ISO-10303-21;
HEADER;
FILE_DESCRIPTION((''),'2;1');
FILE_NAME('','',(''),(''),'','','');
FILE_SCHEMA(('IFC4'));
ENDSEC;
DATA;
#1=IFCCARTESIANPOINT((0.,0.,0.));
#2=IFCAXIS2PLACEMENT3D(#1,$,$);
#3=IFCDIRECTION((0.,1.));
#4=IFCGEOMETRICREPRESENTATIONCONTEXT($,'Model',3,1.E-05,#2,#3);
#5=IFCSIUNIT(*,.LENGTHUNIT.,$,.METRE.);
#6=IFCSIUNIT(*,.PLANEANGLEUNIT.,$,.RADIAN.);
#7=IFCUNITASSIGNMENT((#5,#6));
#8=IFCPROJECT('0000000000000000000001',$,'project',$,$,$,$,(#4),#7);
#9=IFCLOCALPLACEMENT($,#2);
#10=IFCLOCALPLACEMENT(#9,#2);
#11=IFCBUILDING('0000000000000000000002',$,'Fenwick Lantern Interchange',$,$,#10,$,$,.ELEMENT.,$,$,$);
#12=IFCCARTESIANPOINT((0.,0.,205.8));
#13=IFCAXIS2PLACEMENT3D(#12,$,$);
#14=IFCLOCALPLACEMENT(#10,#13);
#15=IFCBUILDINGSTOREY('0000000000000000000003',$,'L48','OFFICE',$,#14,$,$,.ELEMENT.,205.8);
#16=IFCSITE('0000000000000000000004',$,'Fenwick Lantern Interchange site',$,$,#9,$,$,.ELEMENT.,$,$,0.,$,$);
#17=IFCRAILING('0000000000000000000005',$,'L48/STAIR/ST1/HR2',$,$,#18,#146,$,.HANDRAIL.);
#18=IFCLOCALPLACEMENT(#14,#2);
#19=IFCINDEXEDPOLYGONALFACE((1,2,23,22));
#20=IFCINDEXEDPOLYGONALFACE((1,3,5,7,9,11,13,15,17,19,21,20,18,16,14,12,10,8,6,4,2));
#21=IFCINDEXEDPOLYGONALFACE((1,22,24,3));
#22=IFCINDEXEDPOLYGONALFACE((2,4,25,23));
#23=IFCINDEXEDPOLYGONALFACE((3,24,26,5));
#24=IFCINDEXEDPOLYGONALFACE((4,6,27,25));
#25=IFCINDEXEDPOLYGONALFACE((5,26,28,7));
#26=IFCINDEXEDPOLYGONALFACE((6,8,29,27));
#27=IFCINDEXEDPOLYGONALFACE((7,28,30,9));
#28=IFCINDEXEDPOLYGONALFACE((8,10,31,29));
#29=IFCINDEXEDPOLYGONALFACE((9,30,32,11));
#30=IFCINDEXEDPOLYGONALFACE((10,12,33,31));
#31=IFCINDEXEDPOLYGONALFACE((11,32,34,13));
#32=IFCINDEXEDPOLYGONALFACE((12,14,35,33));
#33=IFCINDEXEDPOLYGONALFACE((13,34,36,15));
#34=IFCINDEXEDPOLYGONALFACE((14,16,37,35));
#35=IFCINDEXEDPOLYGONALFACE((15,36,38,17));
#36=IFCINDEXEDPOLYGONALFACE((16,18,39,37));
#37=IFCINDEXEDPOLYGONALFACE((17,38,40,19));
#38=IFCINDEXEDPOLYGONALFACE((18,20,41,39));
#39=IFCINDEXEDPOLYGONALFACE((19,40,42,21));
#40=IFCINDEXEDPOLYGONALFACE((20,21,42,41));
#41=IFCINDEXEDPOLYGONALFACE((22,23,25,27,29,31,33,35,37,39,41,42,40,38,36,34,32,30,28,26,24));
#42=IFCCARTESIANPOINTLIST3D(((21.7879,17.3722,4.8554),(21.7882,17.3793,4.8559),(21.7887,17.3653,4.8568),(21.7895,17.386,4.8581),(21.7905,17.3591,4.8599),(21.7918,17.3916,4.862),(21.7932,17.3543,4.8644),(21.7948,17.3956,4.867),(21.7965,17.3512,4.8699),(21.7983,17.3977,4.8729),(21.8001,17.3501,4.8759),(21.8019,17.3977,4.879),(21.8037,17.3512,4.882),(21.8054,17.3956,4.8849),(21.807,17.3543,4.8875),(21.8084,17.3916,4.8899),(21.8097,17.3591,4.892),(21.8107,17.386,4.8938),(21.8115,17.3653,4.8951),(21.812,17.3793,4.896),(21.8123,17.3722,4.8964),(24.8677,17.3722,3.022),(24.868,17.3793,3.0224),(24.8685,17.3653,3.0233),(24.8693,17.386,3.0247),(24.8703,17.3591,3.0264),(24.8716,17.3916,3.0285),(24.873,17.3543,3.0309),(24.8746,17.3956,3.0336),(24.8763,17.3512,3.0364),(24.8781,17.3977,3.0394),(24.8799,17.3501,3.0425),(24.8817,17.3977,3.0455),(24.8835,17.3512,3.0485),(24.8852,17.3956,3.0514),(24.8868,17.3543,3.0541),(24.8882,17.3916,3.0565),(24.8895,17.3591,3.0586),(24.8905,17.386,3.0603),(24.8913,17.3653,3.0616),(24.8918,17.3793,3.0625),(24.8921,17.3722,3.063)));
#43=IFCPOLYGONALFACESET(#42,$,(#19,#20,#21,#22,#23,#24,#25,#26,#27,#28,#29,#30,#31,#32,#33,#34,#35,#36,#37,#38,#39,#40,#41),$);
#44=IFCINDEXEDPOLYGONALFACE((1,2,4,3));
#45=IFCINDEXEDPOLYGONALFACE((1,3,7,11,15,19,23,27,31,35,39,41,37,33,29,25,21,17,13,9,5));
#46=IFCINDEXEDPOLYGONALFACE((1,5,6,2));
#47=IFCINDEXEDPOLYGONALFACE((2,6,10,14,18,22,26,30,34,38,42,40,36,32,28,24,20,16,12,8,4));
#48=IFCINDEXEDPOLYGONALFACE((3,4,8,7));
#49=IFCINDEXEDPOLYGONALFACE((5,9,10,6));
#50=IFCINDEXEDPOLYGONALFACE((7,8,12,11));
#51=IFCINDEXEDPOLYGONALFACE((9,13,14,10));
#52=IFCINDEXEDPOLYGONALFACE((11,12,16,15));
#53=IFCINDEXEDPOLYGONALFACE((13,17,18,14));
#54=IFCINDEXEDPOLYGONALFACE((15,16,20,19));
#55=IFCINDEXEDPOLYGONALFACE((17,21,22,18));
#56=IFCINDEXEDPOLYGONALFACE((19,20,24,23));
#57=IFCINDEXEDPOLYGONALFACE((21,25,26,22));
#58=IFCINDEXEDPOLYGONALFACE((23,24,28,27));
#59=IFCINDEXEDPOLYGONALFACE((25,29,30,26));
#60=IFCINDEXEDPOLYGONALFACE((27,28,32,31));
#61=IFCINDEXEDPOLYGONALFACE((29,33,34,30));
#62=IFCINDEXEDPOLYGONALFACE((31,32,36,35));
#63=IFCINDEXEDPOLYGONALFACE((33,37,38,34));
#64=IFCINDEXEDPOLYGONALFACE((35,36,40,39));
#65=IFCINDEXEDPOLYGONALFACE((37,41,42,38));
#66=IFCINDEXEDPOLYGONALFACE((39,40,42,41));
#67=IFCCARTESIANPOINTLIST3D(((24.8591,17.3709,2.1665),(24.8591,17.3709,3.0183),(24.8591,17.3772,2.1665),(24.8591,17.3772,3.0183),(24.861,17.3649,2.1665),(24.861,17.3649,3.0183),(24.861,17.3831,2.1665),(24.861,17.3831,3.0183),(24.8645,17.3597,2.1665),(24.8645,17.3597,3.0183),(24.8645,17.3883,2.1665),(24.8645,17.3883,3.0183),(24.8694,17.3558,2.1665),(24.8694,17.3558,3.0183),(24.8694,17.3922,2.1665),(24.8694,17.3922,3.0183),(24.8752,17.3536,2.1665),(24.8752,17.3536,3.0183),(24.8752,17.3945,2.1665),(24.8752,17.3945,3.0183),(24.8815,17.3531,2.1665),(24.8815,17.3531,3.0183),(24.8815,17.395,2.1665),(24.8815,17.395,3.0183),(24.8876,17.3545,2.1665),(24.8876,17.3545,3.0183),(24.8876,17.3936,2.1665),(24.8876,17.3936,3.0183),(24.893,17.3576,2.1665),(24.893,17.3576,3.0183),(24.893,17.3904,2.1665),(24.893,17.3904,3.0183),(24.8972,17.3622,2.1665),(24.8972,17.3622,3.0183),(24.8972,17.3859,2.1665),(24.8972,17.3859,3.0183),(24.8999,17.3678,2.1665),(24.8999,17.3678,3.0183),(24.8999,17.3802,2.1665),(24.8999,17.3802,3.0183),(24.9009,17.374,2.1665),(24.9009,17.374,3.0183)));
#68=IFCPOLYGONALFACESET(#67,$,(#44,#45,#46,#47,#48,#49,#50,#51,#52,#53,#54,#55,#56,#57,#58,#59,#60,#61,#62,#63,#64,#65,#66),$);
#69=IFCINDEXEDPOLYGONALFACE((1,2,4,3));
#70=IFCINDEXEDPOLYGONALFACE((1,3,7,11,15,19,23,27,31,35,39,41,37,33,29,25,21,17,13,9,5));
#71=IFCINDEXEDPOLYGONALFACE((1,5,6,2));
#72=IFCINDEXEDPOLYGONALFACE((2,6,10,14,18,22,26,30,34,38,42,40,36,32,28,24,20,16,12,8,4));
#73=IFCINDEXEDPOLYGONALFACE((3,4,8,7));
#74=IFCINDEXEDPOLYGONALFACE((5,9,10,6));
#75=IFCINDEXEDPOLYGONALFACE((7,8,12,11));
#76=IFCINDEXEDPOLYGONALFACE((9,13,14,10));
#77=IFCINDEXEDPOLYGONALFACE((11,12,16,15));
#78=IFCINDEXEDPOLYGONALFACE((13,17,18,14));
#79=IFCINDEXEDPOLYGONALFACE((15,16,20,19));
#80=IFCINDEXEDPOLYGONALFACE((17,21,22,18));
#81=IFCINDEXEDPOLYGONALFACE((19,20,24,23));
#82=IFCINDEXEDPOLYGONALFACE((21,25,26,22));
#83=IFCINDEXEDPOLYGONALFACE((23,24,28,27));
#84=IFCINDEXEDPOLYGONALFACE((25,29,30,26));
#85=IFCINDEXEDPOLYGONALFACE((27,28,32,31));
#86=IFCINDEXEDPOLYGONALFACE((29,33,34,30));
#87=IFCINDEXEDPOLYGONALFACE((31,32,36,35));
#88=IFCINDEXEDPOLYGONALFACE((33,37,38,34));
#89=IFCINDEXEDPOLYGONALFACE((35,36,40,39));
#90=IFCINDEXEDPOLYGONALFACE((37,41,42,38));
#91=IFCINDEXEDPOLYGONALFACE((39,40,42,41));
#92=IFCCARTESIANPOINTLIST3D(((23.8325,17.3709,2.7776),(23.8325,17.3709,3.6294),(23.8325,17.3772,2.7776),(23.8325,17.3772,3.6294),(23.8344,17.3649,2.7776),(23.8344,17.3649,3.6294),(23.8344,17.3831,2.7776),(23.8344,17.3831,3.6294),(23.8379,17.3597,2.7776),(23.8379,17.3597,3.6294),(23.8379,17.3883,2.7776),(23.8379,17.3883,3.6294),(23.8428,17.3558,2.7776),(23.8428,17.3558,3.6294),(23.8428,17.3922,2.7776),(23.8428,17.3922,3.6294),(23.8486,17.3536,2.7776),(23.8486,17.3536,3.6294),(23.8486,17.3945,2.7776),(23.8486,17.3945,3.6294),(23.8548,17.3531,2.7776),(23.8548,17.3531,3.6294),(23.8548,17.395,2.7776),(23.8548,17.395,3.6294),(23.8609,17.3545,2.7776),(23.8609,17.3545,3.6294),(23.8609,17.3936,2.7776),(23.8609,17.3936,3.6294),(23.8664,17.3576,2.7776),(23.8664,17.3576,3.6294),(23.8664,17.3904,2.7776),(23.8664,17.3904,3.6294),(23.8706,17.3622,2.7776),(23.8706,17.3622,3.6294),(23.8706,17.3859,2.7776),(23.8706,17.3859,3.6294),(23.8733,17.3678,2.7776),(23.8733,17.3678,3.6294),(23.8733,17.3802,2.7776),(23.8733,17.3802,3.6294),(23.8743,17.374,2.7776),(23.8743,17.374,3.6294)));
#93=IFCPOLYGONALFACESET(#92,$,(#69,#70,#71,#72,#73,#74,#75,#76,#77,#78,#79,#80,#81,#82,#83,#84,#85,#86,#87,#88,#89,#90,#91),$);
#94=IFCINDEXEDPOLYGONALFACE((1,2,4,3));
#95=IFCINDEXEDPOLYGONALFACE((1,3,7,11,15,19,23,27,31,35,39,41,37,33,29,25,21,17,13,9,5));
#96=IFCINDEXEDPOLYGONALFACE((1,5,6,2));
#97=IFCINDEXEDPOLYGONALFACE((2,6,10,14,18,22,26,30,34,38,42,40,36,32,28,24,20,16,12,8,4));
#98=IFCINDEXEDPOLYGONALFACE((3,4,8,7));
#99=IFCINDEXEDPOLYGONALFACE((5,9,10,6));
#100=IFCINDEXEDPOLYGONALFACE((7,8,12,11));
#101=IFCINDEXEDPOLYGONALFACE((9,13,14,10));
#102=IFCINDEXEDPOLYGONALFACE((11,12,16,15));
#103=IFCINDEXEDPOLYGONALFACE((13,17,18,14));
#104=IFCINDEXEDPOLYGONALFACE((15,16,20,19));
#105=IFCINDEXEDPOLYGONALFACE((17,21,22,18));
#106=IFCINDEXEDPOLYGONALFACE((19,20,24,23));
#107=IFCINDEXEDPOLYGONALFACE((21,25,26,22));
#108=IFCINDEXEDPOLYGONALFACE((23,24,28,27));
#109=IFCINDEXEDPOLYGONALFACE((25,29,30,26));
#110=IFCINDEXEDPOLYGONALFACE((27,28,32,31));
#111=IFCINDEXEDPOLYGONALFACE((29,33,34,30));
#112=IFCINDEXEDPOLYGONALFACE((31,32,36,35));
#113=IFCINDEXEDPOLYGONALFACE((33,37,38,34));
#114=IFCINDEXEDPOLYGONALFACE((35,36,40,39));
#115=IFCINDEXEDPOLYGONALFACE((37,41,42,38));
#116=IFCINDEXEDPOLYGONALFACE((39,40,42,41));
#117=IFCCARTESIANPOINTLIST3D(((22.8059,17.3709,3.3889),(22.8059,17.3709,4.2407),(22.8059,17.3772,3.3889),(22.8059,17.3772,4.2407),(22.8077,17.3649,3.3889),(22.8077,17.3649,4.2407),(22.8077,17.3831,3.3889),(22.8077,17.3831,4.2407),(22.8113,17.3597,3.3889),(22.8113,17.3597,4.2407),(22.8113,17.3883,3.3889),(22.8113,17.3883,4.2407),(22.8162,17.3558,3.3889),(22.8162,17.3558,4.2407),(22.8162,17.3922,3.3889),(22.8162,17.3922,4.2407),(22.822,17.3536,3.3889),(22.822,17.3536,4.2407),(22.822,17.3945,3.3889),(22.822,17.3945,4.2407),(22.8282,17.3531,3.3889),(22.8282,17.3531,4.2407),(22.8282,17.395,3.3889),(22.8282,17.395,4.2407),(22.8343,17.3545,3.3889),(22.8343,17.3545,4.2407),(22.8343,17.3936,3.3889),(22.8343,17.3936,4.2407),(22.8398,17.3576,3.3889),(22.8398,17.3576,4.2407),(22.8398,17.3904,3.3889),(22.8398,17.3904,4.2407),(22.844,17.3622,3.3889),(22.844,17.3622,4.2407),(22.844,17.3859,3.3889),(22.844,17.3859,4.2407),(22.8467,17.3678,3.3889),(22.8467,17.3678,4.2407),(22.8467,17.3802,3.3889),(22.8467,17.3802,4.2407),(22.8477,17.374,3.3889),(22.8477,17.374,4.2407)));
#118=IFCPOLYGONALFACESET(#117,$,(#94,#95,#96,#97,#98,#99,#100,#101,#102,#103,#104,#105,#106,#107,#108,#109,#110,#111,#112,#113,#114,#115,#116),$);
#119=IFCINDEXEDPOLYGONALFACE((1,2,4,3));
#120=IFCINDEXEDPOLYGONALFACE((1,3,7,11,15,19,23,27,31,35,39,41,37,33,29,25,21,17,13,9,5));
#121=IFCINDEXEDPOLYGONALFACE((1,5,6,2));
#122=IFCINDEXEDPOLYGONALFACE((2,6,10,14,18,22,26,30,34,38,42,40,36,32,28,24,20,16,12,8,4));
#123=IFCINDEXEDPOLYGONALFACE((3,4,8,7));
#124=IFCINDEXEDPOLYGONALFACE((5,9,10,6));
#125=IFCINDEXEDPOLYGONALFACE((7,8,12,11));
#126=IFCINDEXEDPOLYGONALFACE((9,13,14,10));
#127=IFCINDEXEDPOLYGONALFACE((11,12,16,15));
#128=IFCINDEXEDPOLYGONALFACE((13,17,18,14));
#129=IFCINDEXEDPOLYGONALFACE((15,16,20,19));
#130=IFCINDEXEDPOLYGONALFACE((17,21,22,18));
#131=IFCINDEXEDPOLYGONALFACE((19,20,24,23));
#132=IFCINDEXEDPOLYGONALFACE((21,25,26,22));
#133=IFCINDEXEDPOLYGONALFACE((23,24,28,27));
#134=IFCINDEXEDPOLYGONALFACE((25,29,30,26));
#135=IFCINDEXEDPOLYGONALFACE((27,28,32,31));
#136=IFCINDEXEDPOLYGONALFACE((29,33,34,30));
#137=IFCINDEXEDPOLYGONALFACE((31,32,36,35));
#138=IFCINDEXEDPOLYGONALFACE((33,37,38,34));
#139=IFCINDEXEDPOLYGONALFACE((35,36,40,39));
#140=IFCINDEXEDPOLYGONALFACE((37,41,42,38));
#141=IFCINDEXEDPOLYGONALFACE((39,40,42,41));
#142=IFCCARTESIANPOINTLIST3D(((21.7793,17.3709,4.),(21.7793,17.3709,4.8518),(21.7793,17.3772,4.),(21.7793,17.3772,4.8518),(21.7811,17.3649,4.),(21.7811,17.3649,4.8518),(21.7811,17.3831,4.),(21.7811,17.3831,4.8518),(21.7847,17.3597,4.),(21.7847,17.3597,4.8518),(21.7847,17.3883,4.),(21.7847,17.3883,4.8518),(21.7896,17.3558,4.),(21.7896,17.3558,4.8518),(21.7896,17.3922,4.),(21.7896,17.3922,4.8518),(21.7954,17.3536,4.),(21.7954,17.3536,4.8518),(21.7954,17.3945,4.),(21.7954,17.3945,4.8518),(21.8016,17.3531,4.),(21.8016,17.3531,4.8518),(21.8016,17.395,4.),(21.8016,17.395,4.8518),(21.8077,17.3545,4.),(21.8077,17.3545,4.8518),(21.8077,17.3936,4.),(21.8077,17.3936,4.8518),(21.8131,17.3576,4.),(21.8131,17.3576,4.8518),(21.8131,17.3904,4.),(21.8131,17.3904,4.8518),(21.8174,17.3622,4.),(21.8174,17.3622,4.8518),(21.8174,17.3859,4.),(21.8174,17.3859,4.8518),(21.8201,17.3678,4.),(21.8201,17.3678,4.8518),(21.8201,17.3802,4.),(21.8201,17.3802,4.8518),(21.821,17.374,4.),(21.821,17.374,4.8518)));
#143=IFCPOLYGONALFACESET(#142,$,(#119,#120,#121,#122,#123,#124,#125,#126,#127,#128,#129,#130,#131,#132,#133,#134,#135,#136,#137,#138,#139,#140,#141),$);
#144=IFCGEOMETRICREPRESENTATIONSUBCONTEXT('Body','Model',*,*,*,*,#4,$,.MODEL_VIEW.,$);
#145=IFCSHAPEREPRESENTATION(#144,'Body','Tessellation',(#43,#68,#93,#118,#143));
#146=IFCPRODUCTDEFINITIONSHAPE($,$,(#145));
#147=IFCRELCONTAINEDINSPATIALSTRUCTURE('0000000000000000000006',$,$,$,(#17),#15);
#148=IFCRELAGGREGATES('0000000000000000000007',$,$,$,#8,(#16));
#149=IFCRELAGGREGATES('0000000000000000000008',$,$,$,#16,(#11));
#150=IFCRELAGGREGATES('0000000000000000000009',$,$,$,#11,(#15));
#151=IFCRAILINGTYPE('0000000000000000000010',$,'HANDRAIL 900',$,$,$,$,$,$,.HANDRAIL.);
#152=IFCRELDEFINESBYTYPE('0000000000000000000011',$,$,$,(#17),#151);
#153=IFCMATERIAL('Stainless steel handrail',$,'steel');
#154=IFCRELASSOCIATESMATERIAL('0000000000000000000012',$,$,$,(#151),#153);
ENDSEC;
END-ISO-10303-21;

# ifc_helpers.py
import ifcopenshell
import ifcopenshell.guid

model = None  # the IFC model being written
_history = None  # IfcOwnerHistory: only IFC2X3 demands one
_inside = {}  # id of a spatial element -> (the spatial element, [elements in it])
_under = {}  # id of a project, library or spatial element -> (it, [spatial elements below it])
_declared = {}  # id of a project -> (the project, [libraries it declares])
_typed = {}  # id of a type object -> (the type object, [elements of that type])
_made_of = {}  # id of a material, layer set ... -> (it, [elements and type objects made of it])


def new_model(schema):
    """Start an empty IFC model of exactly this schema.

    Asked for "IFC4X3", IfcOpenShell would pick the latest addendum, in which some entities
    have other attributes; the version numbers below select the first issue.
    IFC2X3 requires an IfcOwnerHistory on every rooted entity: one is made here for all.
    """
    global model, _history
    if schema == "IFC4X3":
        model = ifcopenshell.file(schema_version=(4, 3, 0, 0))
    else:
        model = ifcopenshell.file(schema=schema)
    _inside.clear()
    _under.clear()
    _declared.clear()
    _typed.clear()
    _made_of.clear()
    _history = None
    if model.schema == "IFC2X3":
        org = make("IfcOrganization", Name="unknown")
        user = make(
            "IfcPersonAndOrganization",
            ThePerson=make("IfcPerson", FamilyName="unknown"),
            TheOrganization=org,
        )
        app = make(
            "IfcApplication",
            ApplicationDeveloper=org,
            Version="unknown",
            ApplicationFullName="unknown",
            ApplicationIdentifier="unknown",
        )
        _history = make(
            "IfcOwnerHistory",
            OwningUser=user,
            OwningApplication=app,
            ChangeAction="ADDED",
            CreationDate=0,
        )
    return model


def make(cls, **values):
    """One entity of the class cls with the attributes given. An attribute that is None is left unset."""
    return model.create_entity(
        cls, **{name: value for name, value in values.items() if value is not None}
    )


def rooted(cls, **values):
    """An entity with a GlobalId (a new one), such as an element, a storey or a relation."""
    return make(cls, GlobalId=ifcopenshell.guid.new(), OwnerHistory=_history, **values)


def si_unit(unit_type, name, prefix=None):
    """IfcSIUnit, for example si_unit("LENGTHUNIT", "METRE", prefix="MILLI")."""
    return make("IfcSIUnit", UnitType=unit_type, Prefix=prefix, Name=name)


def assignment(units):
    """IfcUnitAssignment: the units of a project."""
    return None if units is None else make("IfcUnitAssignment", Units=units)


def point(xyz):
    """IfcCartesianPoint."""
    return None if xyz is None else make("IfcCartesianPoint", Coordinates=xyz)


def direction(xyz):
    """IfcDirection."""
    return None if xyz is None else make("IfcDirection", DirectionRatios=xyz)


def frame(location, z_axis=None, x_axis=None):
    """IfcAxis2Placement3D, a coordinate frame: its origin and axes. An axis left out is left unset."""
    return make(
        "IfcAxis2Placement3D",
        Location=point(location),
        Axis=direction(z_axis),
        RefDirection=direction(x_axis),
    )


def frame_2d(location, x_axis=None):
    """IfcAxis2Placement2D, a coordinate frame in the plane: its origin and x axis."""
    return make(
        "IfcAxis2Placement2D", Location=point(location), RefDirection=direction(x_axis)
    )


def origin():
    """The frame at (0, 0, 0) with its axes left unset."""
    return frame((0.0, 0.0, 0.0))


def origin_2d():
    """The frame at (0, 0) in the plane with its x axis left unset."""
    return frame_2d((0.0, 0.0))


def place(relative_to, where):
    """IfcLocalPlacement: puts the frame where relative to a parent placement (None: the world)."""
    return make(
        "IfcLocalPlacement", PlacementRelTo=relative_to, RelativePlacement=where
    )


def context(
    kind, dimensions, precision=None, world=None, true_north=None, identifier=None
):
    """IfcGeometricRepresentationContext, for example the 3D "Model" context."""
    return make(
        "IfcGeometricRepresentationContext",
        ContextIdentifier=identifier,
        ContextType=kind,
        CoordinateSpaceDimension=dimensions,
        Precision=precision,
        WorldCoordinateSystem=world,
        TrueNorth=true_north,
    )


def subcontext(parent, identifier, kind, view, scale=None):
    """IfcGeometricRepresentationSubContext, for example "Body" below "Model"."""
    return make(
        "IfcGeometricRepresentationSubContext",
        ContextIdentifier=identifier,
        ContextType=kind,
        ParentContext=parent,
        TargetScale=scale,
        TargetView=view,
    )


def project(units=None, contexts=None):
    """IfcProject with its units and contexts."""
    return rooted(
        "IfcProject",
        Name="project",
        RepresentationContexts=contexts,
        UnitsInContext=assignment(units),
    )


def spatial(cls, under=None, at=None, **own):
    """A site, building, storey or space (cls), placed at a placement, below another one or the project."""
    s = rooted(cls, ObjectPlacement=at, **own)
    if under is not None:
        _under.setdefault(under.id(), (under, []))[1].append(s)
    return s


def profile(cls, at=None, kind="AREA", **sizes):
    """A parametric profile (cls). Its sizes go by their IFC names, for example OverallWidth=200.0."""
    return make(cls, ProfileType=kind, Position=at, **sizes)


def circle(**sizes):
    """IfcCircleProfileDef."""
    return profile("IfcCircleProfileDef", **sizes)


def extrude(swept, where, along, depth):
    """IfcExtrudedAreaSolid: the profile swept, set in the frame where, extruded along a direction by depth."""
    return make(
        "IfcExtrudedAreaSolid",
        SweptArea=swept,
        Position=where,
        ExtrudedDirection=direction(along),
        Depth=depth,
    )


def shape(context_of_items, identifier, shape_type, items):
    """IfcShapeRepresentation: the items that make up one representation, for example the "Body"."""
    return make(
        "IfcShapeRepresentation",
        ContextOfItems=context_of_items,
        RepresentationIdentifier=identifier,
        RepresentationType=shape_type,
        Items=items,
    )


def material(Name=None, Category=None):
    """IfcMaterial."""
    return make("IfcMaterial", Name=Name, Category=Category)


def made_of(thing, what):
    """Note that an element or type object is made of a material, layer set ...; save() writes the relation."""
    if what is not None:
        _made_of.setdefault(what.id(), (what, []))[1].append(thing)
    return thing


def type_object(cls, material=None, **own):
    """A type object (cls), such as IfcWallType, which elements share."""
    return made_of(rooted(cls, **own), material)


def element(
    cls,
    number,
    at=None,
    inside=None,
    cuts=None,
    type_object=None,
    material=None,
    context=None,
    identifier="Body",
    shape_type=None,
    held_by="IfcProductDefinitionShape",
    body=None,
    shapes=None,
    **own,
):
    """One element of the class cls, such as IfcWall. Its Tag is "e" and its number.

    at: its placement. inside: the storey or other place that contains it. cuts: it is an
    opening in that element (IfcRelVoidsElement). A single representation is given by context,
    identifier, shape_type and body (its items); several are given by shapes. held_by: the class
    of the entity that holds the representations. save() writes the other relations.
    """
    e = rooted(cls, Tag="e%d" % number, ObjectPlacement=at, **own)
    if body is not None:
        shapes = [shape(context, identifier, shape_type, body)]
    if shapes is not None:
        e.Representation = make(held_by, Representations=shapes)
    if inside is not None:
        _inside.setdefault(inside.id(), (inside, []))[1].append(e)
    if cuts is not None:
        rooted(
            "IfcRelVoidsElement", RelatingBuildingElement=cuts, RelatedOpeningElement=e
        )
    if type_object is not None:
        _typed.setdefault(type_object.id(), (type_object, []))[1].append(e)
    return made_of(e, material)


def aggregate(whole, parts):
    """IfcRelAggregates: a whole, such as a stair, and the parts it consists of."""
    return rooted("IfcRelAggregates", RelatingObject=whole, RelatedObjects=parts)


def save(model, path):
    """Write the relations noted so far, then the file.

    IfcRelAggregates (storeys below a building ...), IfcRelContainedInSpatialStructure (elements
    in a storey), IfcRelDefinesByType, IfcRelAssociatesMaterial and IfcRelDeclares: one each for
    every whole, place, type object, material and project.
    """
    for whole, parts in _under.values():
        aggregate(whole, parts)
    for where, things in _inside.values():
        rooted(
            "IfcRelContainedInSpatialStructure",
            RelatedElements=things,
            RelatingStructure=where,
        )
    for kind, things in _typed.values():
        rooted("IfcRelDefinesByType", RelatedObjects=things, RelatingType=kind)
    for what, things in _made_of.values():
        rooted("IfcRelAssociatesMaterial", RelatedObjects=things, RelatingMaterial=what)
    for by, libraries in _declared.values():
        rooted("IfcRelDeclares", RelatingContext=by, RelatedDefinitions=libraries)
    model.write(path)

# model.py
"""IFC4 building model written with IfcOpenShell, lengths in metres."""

from ifc_helpers import new_model, si_unit, direction, frame, origin, origin_2d, place, context, subcontext, project, spatial, circle, extrude, material, type_object, element, save


model = new_model("IFC4")

# Units and contexts
model_context = context("Model", 3, precision=1e-05, world=origin(), true_north=direction((0.0, 1.0)))
body_context = subcontext(model_context, "Body", "Model", "MODEL_VIEW")
ifc_project = project(units=[si_unit("LENGTHUNIT", "METRE"), si_unit("PLANEANGLEUNIT", "RADIAN")], contexts=[model_context])

# Site, building, storey
site_placement = place(None, origin())
site = spatial("IfcSite", under=ifc_project, at=site_placement, Name="Fenwick Lantern Interchange site", CompositionType="ELEMENT", RefElevation=0.0)
building_placement = place(site_placement, origin())
building = spatial("IfcBuilding", under=site, at=building_placement, Name="Fenwick Lantern Interchange", CompositionType="ELEMENT")
storey_placement = place(building_placement, frame((0.0, 0.0, 205.8)))
storey = spatial("IfcBuildingStorey", under=building, at=storey_placement, Name="L48", Description="OFFICE", CompositionType="ELEMENT", Elevation=205.8)

# Railing
ifc_material_1 = material(Name="Stainless steel handrail", Category="steel")
railing_type = type_object("IfcRailingType", Name="HANDRAIL 900", PredefinedType="HANDRAIL", material=ifc_material_1)
railing_1_placement = place(storey_placement, frame((24.8799, 17.374, 2.1665)))
element("IfcRailing", 1, at=railing_1_placement, inside=storey, type_object=railing_type, Name="L48/STAIR/ST1/HR2", PredefinedType="HANDRAIL", context=body_context, shape_type="SweptSolid", body=[
    extrude(circle(Radius=0.0239, at=origin_2d()), frame((0.0, 0.0, 0.876), z_axis=(-0.859261, 0.0, 0.511538), x_axis=(0.0, -1.0, 0.0)), (0.0, 0.0, 1.0), 3.5842),
    extrude(circle(Radius=0.021, at=origin_2d()), origin(), (0.0, 0.0, 1.0), 0.8518),
    extrude(circle(Radius=0.021, at=origin_2d()), frame((-1.0266, 0.0, 0.6111)), (0.0, 0.0, 1.0), 0.8518),
    extrude(circle(Radius=0.021, at=origin_2d()), frame((-2.0532, 0.0, 1.2224)), (0.0, 0.0, 1.0), 0.8518),
    extrude(circle(Radius=0.021, at=origin_2d()), frame((-3.0798, 0.0, 1.8335)), (0.0, 0.0, 1.0), 0.8518),
])

save(model, "model.ifc")
